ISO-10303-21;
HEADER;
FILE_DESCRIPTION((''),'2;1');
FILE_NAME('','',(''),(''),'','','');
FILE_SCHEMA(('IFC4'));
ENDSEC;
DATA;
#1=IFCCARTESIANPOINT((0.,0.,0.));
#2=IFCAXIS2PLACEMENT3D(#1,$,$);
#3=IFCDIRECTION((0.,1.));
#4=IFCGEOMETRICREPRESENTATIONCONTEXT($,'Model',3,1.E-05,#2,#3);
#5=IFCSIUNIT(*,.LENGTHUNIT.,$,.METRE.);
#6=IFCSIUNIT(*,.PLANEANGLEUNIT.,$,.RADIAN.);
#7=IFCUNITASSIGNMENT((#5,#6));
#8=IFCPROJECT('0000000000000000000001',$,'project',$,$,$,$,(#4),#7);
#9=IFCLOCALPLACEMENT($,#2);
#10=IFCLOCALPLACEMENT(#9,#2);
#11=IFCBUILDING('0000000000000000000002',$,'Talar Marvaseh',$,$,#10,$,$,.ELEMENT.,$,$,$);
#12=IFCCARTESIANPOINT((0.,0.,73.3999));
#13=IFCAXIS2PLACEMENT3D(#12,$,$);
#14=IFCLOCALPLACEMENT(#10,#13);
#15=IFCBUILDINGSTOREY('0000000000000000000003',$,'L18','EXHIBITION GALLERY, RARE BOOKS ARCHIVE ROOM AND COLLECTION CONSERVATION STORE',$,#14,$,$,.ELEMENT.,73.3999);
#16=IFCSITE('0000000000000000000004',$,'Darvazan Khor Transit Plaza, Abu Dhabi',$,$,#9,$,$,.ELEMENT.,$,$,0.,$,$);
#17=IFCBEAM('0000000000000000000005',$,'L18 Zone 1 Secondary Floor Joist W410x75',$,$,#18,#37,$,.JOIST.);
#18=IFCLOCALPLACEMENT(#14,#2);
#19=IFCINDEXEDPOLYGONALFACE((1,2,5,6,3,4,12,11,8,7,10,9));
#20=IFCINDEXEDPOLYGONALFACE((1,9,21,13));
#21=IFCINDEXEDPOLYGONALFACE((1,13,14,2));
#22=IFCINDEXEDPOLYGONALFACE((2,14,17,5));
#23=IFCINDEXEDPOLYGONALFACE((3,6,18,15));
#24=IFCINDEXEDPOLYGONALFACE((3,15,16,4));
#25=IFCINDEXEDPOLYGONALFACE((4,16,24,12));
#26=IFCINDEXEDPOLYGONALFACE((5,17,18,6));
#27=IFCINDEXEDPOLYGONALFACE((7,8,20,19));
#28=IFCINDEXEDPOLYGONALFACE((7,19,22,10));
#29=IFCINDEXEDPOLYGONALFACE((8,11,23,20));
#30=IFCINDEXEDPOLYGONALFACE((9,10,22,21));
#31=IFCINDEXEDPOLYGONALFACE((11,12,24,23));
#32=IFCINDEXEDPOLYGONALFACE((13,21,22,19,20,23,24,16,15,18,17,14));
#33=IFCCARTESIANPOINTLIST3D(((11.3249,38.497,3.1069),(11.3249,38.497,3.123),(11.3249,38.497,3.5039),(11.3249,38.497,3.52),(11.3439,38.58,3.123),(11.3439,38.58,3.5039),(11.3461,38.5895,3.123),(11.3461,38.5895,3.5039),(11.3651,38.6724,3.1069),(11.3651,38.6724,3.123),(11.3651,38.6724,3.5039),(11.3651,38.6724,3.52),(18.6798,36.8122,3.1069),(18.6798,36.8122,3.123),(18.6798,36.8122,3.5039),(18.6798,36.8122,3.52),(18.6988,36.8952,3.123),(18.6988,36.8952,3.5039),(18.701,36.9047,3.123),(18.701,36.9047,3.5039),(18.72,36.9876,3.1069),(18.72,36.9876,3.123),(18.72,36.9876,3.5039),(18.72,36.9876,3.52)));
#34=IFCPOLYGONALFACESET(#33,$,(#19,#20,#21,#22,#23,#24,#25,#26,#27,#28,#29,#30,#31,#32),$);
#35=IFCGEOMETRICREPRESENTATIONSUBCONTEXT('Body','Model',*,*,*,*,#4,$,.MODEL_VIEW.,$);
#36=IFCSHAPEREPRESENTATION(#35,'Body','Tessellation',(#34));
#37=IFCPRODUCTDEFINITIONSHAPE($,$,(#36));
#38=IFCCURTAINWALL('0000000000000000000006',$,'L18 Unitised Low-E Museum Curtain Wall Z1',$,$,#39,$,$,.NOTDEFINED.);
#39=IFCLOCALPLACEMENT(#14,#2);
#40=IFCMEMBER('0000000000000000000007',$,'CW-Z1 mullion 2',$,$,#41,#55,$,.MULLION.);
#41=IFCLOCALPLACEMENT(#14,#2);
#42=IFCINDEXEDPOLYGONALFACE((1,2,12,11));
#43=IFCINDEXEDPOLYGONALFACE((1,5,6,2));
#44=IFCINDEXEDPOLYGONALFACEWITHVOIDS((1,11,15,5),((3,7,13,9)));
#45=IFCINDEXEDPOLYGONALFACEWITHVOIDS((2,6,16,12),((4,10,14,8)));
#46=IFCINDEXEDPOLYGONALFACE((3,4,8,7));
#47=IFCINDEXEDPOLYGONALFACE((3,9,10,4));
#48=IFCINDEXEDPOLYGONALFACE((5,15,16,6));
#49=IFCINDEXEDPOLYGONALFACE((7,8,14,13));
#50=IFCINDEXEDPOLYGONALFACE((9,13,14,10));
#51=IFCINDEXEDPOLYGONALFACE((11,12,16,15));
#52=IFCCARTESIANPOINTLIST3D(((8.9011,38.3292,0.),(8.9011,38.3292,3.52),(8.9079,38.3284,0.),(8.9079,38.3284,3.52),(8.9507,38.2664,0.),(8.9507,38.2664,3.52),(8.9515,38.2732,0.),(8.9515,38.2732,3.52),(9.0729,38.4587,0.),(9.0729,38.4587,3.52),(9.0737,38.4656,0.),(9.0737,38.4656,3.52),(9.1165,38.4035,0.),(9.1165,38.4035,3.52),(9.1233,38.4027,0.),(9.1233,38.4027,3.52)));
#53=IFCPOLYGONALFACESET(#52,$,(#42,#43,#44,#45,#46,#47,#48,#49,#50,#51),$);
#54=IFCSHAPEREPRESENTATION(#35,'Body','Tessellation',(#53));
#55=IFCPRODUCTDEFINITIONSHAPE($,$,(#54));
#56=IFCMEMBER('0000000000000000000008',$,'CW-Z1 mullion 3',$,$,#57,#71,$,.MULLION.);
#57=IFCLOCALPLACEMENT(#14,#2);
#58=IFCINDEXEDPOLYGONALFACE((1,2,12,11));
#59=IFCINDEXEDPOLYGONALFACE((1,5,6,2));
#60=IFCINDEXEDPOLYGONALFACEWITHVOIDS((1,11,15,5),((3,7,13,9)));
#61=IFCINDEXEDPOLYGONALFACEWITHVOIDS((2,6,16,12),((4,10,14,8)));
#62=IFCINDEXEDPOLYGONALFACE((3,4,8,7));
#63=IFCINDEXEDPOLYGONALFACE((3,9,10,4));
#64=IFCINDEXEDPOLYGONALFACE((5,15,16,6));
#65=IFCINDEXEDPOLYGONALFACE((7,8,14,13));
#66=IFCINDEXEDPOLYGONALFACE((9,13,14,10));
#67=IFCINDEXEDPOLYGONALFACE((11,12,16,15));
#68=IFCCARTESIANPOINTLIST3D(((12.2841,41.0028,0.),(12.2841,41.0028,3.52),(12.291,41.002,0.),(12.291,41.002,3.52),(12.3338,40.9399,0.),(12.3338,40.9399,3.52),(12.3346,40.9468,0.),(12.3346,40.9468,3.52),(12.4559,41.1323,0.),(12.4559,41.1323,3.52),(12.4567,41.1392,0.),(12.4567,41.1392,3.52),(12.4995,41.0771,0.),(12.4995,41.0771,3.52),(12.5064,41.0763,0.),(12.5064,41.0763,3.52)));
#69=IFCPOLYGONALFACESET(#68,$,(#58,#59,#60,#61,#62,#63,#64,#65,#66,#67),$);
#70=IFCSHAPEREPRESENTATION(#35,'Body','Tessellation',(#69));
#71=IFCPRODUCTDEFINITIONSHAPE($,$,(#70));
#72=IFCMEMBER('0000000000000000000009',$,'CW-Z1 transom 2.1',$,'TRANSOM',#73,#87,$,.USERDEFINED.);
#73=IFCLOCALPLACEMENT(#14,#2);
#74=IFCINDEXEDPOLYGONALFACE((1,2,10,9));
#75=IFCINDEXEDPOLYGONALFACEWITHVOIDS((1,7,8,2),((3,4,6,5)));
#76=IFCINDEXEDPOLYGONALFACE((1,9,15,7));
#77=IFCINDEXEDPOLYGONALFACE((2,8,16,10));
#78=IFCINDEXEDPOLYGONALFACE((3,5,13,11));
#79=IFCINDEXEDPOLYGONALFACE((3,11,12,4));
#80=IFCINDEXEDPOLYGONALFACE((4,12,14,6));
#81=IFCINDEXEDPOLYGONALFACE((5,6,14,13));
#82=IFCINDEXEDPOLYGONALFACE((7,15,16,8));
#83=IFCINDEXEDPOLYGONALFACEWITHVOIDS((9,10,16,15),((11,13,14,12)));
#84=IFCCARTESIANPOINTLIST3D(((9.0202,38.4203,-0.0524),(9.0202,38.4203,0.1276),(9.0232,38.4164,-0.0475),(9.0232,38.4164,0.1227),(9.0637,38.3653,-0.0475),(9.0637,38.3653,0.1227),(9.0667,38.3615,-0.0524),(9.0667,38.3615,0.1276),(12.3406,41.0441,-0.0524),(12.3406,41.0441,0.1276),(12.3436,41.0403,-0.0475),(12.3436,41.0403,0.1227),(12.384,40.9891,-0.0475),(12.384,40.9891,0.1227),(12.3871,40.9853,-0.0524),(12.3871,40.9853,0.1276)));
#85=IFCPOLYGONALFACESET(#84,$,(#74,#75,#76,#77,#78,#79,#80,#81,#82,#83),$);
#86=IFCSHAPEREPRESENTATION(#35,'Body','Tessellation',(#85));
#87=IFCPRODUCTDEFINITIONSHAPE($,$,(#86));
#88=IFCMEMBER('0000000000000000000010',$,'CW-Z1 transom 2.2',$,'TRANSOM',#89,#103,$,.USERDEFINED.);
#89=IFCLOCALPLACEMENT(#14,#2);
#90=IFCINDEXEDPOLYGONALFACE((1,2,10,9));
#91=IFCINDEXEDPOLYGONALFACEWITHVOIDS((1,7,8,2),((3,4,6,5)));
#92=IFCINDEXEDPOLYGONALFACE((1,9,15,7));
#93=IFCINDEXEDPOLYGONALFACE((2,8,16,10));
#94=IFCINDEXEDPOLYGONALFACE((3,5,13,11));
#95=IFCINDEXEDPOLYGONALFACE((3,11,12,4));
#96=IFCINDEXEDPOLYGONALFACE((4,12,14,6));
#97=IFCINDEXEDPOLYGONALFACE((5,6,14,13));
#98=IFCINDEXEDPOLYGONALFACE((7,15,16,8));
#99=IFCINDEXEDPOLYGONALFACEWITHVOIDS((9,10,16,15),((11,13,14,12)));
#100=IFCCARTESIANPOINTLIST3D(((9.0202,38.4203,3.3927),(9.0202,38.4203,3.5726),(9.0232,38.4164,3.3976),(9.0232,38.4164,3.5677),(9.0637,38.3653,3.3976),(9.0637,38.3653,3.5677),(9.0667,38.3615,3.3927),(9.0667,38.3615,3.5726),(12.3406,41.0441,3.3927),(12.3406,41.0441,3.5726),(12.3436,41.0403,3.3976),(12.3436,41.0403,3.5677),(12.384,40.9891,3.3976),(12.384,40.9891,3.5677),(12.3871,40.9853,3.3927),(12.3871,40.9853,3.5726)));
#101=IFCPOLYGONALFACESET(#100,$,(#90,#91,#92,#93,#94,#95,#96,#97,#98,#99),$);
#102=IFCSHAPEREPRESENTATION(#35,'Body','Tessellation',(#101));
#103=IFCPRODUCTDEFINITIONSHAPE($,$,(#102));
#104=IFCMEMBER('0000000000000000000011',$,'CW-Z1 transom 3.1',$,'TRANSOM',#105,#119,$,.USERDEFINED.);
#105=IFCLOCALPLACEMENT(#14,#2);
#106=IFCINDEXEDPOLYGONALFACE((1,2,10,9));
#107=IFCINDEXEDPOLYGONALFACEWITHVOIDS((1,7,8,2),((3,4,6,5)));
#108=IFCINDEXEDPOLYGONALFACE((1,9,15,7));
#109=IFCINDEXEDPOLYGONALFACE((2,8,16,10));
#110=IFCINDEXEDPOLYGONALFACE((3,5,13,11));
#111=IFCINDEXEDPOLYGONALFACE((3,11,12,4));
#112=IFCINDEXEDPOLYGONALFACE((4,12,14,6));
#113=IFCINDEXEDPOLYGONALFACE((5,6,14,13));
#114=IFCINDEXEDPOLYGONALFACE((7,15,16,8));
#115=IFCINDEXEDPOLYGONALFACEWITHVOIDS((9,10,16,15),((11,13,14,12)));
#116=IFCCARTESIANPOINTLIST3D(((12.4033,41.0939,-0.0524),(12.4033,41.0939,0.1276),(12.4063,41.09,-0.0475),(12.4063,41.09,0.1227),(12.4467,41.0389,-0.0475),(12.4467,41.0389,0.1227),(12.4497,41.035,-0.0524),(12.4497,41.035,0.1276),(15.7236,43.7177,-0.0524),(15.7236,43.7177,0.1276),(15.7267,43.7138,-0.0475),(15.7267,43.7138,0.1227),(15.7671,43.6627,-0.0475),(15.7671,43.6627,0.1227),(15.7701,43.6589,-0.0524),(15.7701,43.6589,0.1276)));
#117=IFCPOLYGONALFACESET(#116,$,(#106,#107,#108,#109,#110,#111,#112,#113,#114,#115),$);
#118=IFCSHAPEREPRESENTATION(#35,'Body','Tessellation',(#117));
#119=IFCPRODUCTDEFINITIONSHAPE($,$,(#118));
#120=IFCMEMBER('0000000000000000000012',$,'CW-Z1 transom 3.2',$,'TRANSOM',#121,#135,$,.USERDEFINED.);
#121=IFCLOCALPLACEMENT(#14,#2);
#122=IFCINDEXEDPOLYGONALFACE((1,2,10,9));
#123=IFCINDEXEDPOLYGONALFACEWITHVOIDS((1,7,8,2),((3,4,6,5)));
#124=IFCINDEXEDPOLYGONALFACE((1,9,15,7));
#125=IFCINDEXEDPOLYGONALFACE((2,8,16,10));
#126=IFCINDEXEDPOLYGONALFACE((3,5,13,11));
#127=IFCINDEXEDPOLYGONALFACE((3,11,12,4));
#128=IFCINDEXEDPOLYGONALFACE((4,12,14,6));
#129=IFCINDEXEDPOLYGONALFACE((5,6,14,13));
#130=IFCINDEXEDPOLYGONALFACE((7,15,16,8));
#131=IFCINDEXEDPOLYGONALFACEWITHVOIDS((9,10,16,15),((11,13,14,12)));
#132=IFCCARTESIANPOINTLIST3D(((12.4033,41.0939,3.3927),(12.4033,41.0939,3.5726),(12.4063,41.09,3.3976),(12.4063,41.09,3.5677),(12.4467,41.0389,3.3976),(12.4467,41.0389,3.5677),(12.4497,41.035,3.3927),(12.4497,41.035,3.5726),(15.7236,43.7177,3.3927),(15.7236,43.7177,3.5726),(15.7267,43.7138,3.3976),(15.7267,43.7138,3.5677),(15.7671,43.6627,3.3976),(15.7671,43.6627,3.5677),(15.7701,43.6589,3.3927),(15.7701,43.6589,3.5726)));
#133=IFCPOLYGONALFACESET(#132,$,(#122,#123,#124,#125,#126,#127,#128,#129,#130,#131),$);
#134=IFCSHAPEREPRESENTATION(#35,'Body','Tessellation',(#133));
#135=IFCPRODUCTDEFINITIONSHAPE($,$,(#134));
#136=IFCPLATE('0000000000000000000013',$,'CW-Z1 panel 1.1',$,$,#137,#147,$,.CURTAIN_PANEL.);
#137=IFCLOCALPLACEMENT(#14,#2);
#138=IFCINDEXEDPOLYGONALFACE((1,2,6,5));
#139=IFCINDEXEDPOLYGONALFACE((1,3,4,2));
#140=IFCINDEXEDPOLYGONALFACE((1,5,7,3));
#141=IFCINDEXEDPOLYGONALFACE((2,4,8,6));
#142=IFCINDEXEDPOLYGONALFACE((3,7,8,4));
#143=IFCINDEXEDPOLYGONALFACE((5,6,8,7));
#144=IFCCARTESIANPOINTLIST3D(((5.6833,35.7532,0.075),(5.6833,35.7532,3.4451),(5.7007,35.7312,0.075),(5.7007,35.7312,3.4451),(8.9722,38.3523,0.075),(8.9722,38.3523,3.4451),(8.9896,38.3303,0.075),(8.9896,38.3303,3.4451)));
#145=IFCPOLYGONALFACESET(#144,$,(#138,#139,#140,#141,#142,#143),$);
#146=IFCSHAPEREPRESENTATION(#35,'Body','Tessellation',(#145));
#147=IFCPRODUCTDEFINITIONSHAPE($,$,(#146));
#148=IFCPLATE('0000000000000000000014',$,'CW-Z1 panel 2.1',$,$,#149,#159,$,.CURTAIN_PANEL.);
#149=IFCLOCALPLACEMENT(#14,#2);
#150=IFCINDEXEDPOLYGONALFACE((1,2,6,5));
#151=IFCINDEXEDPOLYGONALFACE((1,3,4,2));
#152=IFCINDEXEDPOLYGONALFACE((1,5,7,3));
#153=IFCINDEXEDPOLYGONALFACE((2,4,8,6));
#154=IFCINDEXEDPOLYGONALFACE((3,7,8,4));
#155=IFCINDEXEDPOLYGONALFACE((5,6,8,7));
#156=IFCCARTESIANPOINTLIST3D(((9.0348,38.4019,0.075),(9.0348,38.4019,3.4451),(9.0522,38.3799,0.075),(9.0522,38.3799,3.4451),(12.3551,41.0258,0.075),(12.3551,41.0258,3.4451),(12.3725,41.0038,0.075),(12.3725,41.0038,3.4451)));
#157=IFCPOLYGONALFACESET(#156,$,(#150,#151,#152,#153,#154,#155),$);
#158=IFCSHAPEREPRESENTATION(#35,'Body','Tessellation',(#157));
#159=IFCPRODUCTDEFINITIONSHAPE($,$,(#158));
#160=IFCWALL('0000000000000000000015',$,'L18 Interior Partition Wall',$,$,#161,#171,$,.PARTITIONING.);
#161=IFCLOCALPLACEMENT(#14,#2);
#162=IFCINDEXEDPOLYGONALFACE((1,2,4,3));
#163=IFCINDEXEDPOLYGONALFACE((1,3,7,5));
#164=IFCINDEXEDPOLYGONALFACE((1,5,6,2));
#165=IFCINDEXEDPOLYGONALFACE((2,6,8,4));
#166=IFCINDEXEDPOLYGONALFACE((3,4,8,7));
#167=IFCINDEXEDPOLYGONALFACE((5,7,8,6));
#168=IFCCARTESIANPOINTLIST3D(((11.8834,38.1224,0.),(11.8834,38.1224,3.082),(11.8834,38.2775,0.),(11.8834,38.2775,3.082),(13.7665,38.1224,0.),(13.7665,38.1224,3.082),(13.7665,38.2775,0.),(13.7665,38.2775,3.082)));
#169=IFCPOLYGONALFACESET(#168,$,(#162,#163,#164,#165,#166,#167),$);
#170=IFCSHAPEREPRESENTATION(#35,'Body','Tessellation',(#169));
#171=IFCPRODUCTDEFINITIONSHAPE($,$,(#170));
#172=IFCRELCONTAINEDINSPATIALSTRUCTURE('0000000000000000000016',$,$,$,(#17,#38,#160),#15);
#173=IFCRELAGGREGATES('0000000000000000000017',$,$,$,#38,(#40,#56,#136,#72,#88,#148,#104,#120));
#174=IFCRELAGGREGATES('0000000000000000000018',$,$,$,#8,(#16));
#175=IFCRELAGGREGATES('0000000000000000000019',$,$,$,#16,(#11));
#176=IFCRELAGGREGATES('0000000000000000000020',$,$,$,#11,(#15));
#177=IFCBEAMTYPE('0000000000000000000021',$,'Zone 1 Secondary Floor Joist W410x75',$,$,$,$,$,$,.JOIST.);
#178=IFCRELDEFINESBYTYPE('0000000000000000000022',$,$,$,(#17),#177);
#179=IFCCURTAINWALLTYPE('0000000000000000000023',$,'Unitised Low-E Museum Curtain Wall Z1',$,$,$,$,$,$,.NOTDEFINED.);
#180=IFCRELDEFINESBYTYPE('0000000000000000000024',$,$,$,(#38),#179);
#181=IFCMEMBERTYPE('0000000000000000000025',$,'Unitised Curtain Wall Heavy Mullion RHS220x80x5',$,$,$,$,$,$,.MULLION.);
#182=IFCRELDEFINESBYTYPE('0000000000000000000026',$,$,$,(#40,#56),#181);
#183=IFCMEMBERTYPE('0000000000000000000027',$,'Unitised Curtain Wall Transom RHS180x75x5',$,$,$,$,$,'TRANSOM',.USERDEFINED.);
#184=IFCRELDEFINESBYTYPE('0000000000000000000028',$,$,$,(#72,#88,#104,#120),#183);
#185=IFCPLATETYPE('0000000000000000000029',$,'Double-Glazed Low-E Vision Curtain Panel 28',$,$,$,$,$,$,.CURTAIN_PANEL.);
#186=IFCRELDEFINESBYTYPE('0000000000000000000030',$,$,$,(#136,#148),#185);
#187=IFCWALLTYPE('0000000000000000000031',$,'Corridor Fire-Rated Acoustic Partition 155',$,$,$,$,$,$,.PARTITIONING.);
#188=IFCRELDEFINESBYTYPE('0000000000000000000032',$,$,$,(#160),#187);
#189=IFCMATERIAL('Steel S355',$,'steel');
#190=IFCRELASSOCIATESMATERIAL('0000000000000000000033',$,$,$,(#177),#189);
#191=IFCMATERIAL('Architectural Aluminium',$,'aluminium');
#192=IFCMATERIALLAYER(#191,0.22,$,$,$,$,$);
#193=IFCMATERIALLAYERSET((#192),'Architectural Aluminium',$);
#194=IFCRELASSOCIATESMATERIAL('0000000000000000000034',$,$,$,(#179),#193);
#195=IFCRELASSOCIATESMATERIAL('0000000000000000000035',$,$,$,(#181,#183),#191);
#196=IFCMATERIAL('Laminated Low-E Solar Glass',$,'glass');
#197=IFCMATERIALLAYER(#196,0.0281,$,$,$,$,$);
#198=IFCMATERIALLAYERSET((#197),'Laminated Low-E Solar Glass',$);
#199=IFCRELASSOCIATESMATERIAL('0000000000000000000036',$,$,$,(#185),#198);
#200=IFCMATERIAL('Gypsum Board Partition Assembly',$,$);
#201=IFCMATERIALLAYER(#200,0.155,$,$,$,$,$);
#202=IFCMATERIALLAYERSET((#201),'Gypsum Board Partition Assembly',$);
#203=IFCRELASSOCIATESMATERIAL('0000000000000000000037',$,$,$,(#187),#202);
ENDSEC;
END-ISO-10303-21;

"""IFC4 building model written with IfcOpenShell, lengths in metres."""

from ifc_helpers import new_model, si_unit, direction, frame, frame_2d, origin, origin_2d, place, context, subcontext, project, spatial, rectangle, hollow_rectangle, i_section, extrude, source, transform, mapped, material, layer, layer_set, material_profile, profile_set, type_object, type_shapes, element, aggregate, save


model = new_model("IFC4")

# Units and contexts
model_context = context("Model", 3, precision=1e-05, world=origin(), true_north=direction((0.0, 1.0)))
body_context = subcontext(model_context, "Body", "Model", "MODEL_VIEW")
ifc_project = project(units=[si_unit("LENGTHUNIT", "METRE"), si_unit("PLANEANGLEUNIT", "RADIAN")], contexts=[model_context])

# Site, building, storey
site_placement = place(None, origin())
site = spatial("IfcSite", under=ifc_project, at=site_placement, Name="Darvazan Khor Transit Plaza, Abu Dhabi", CompositionType="ELEMENT", RefElevation=0.0)
building_placement = place(site_placement, origin())
building = spatial("IfcBuilding", under=site, at=building_placement, Name="Talar Marvaseh", CompositionType="ELEMENT")
storey_placement = place(building_placement, frame((0.0, 0.0, 73.3999)))
storey = spatial("IfcBuildingStorey", under=building, at=storey_placement, Name="L18", Description="EXHIBITION GALLERY, RARE BOOKS ARCHIVE ROOM AND COLLECTION CONSERVATION STORE", CompositionType="ELEMENT", Elevation=73.3999)

# Beam
ifc_material_1 = material(Name="Steel S355", Category="steel")
ifc_material_profile_1 = material_profile(ifc_material_1, i_section(OverallWidth=0.1799, OverallDepth=0.4131, WebThickness=0.0098, FlangeThickness=0.0161, at=origin_2d()), Name="W410x75")
ifc_profile_set_1 = profile_set([ifc_material_profile_1], Name="Steel S355")
beam_type = type_object("IfcBeamType", Name="Zone 1 Secondary Floor Joist W410x75", PredefinedType="JOIST", material=ifc_profile_set_1)
beam_placement = place(storey_placement, frame((11.345, 38.5847, 3.3135), z_axis=(0.974753, -0.223288, 0.0), x_axis=(0.223288, 0.974753, 0.0)))
element("IfcBeam", 1, at=beam_placement, inside=storey, type_object=beam_type, Name="L18 Zone 1 Secondary Floor Joist W410x75", PredefinedType="JOIST", context=body_context, shape_type="SweptSolid", body=[
    extrude(i_section(OverallWidth=0.1799, OverallDepth=0.4131, WebThickness=0.0098, FlangeThickness=0.0161, at=origin_2d()), origin(), (0.0, 0.0, 1.0), 7.5454),
])

# Curtain wall, members, plates
ifc_material_2 = material(Name="Architectural Aluminium", Category="aluminium")
ifc_layer_1 = layer(ifc_material_2, 0.22)
ifc_layer_set_1 = layer_set([ifc_layer_1], Name="Architectural Aluminium")
curtain_wall_type = type_object("IfcCurtainWallType", Name="Unitised Low-E Museum Curtain Wall Z1", PredefinedType="NOTDEFINED", material=ifc_layer_set_1)
curtain_wall_placement = place(storey_placement, origin())
curtain_wall = element("IfcCurtainWall", 2, at=curtain_wall_placement, inside=storey, type_object=curtain_wall_type, Name="L18 Unitised Low-E Museum Curtain Wall Z1", PredefinedType="NOTDEFINED")
ifc_material_profile_2 = material_profile(ifc_material_2, hollow_rectangle(XDim=0.0801, YDim=0.22, WallThickness=0.0049, at=origin_2d()), Name="RHS220x80x5")
ifc_profile_set_2 = profile_set([ifc_material_profile_2], Name="Architectural Aluminium")
member_type_1 = type_object("IfcMemberType", Name="Unitised Curtain Wall Heavy Mullion RHS220x80x5", PredefinedType="MULLION", material=ifc_profile_set_2)
shared_shape_1 = source(origin(), body_context, "Body", "SweptSolid", [
    extrude(hollow_rectangle(XDim=0.0801, YDim=0.22, WallThickness=0.0049, at=origin_2d()), origin(), (0.0, 0.0, 1.0), 3.52),
])
type_shapes(member_type_1, [shared_shape_1])
member_1_placement = place(storey_placement, frame((9.0122, 38.366, 0.0), z_axis=(0.0, 0.0, 1.0), x_axis=(-0.620022, 0.784584, 0.0)))
member_1 = element("IfcMember", 3, at=member_1_placement, type_object=member_type_1, Name="CW-Z1 mullion 2", PredefinedType="MULLION", context=body_context, shape_type="MappedRepresentation", body=[
    mapped(shared_shape_1, transform((0.0, 0.0, 0.0), x_axis=(1.0, 0.0, 0.0), y_axis=(0.0, 1.0, 0.0), z_axis=(0.0, 0.0, 1.0), scale=1.0)),
])
member_2_placement = place(storey_placement, frame((12.3953, 41.0396, 0.0), z_axis=(0.0, 0.0, 1.0), x_axis=(-0.620022, 0.784584, 0.0)))
member_2 = element("IfcMember", 4, at=member_2_placement, type_object=member_type_1, Name="CW-Z1 mullion 3", PredefinedType="MULLION", context=body_context, shape_type="MappedRepresentation", body=[
    mapped(shared_shape_1, transform((0.0, 0.0, 0.0), x_axis=(1.0, 0.0, 0.0), y_axis=(0.0, 1.0, 0.0), z_axis=(0.0, 0.0, 1.0), scale=1.0)),
])
ifc_material_profile_3 = material_profile(ifc_material_2, hollow_rectangle(XDim=0.075, YDim=0.1799, WallThickness=0.0049, at=origin_2d()), Name="RHS180x75x5")
ifc_profile_set_3 = profile_set([ifc_material_profile_3], Name="Architectural Aluminium")
member_type_2 = type_object("IfcMemberType", Name="Unitised Curtain Wall Transom RHS180x75x5", ElementType="TRANSOM", PredefinedType="USERDEFINED", material=ifc_profile_set_3)
shared_shape_2 = source(origin(), body_context, "Body", "SweptSolid", [
    extrude(hollow_rectangle(XDim=0.075, YDim=0.1799, WallThickness=0.0049, at=origin_2d()), origin(), (0.0, 0.0, 1.0), 4.2319),
])
type_shapes(member_type_2, [shared_shape_2])
member_3_placement = place(storey_placement, frame((9.0435, 38.3909, 0.0376), z_axis=(0.784598, 0.620005, 0.0), x_axis=(-0.620005, 0.784598, 0.0)))
member_3 = element("IfcMember", 5, at=member_3_placement, type_object=member_type_2, Name="CW-Z1 transom 2.1", ObjectType="TRANSOM", PredefinedType="USERDEFINED", context=body_context, shape_type="MappedRepresentation", body=[
    mapped(shared_shape_2, transform((0.0, 0.0, 0.0), x_axis=(1.0, 0.0, 0.0), y_axis=(0.0, 1.0, 0.0), z_axis=(0.0, 0.0, 1.0), scale=1.0)),
])
member_4_placement = place(storey_placement, frame((9.0435, 38.3909, 3.4827), z_axis=(0.784598, 0.620005, 0.0), x_axis=(-0.620005, 0.784598, 0.0)))
member_4 = element("IfcMember", 6, at=member_4_placement, type_object=member_type_2, Name="CW-Z1 transom 2.2", ObjectType="TRANSOM", PredefinedType="USERDEFINED", context=body_context, shape_type="MappedRepresentation", body=[
    mapped(shared_shape_2, transform((0.0, 0.0, 0.0), x_axis=(1.0, 0.0, 0.0), y_axis=(0.0, 1.0, 0.0), z_axis=(0.0, 0.0, 1.0), scale=1.0)),
])
member_5_placement = place(storey_placement, frame((12.4265, 41.0645, 0.0376), z_axis=(0.784598, 0.620005, 0.0), x_axis=(-0.620005, 0.784598, 0.0)))
member_5 = element("IfcMember", 7, at=member_5_placement, type_object=member_type_2, Name="CW-Z1 transom 3.1", ObjectType="TRANSOM", PredefinedType="USERDEFINED", context=body_context, shape_type="MappedRepresentation", body=[
    mapped(shared_shape_2, transform((0.0, 0.0, 0.0), x_axis=(1.0, 0.0, 0.0), y_axis=(0.0, 1.0, 0.0), z_axis=(0.0, 0.0, 1.0), scale=1.0)),
])
member_6_placement = place(storey_placement, frame((12.4265, 41.0645, 3.4827), z_axis=(0.784598, 0.620005, 0.0), x_axis=(-0.620005, 0.784598, 0.0)))
member_6 = element("IfcMember", 8, at=member_6_placement, type_object=member_type_2, Name="CW-Z1 transom 3.2", ObjectType="TRANSOM", PredefinedType="USERDEFINED", context=body_context, shape_type="MappedRepresentation", body=[
    mapped(shared_shape_2, transform((0.0, 0.0, 0.0), x_axis=(1.0, 0.0, 0.0), y_axis=(0.0, 1.0, 0.0), z_axis=(0.0, 0.0, 1.0), scale=1.0)),
])
ifc_material_3 = material(Name="Laminated Low-E Solar Glass", Category="glass")
ifc_layer_2 = layer(ifc_material_3, 0.0281)
ifc_layer_set_2 = layer_set([ifc_layer_2], Name="Laminated Low-E Solar Glass")
plate_type = type_object("IfcPlateType", Name="Double-Glazed Low-E Vision Curtain Panel 28", PredefinedType="CURTAIN_PANEL", material=ifc_layer_set_2)
shared_shape_3 = source(origin(), body_context, "Body", "SweptSolid", [
    extrude(rectangle(XDim=4.1919, YDim=0.0281, at=origin_2d()), origin(), (0.0, 0.0, 1.0), 3.3701),
])
plate_1_placement = place(storey_placement, frame((7.3364, 37.0417, 0.075), z_axis=(0.0, 0.0, 1.0), x_axis=(0.784584, 0.620022, 0.0)))
plate_1 = element("IfcPlate", 9, at=plate_1_placement, type_object=plate_type, Name="CW-Z1 panel 1.1", PredefinedType="CURTAIN_PANEL", context=body_context, shape_type="MappedRepresentation", body=[
    mapped(shared_shape_3, transform((0.0, 0.0, 0.0), x_axis=(1.0, 0.0, 0.0), y_axis=(0.0, 1.0, 0.0), z_axis=(0.0, 0.0, 1.0), scale=1.0)),
])
shared_shape_4 = source(origin(), body_context, "Body", "SweptSolid", [
    extrude(rectangle(XDim=4.2319, YDim=0.0281, at=origin_2d()), origin(), (0.0, 0.0, 1.0), 3.3701),
])
type_shapes(plate_type, [shared_shape_3, shared_shape_4])
plate_2_placement = place(storey_placement, frame((10.7036, 39.7029, 0.075), z_axis=(0.0, 0.0, 1.0), x_axis=(0.784584, 0.620022, 0.0)))
plate_2 = element("IfcPlate", 10, at=plate_2_placement, type_object=plate_type, Name="CW-Z1 panel 2.1", PredefinedType="CURTAIN_PANEL", context=body_context, shape_type="MappedRepresentation", body=[
    mapped(shared_shape_4, transform((0.0, 0.0, 0.0), x_axis=(1.0, 0.0, 0.0), y_axis=(0.0, 1.0, 0.0), z_axis=(0.0, 0.0, 1.0), scale=1.0)),
])
aggregate(curtain_wall, [member_1, member_2, plate_1, member_3, member_4, plate_2, member_5, member_6])

# Wall
ifc_material_4 = material(Name="Gypsum Board Partition Assembly")
ifc_layer_3 = layer(ifc_material_4, 0.155)
ifc_layer_set_3 = layer_set([ifc_layer_3], Name="Gypsum Board Partition Assembly")
wall_type = type_object("IfcWallType", Name="Corridor Fire-Rated Acoustic Partition 155", PredefinedType="PARTITIONING", material=ifc_layer_set_3)
wall_placement = place(storey_placement, frame((11.8835, 38.2, 0.0), z_axis=(0.0, 0.0, 1.0), x_axis=(1.0, 0.0, 0.0)))
element("IfcWall", 11, at=wall_placement, inside=storey, type_object=wall_type, Name="L18 Interior Partition Wall", PredefinedType="PARTITIONING", context=body_context, shape_type="SweptSolid", body=[
    extrude(rectangle(XDim=1.8831, YDim=0.155, at=frame_2d((0.9414, 0.0))), origin(), (0.0, 0.0, 1.0), 3.082),
])

save(model, "model.ifc")
